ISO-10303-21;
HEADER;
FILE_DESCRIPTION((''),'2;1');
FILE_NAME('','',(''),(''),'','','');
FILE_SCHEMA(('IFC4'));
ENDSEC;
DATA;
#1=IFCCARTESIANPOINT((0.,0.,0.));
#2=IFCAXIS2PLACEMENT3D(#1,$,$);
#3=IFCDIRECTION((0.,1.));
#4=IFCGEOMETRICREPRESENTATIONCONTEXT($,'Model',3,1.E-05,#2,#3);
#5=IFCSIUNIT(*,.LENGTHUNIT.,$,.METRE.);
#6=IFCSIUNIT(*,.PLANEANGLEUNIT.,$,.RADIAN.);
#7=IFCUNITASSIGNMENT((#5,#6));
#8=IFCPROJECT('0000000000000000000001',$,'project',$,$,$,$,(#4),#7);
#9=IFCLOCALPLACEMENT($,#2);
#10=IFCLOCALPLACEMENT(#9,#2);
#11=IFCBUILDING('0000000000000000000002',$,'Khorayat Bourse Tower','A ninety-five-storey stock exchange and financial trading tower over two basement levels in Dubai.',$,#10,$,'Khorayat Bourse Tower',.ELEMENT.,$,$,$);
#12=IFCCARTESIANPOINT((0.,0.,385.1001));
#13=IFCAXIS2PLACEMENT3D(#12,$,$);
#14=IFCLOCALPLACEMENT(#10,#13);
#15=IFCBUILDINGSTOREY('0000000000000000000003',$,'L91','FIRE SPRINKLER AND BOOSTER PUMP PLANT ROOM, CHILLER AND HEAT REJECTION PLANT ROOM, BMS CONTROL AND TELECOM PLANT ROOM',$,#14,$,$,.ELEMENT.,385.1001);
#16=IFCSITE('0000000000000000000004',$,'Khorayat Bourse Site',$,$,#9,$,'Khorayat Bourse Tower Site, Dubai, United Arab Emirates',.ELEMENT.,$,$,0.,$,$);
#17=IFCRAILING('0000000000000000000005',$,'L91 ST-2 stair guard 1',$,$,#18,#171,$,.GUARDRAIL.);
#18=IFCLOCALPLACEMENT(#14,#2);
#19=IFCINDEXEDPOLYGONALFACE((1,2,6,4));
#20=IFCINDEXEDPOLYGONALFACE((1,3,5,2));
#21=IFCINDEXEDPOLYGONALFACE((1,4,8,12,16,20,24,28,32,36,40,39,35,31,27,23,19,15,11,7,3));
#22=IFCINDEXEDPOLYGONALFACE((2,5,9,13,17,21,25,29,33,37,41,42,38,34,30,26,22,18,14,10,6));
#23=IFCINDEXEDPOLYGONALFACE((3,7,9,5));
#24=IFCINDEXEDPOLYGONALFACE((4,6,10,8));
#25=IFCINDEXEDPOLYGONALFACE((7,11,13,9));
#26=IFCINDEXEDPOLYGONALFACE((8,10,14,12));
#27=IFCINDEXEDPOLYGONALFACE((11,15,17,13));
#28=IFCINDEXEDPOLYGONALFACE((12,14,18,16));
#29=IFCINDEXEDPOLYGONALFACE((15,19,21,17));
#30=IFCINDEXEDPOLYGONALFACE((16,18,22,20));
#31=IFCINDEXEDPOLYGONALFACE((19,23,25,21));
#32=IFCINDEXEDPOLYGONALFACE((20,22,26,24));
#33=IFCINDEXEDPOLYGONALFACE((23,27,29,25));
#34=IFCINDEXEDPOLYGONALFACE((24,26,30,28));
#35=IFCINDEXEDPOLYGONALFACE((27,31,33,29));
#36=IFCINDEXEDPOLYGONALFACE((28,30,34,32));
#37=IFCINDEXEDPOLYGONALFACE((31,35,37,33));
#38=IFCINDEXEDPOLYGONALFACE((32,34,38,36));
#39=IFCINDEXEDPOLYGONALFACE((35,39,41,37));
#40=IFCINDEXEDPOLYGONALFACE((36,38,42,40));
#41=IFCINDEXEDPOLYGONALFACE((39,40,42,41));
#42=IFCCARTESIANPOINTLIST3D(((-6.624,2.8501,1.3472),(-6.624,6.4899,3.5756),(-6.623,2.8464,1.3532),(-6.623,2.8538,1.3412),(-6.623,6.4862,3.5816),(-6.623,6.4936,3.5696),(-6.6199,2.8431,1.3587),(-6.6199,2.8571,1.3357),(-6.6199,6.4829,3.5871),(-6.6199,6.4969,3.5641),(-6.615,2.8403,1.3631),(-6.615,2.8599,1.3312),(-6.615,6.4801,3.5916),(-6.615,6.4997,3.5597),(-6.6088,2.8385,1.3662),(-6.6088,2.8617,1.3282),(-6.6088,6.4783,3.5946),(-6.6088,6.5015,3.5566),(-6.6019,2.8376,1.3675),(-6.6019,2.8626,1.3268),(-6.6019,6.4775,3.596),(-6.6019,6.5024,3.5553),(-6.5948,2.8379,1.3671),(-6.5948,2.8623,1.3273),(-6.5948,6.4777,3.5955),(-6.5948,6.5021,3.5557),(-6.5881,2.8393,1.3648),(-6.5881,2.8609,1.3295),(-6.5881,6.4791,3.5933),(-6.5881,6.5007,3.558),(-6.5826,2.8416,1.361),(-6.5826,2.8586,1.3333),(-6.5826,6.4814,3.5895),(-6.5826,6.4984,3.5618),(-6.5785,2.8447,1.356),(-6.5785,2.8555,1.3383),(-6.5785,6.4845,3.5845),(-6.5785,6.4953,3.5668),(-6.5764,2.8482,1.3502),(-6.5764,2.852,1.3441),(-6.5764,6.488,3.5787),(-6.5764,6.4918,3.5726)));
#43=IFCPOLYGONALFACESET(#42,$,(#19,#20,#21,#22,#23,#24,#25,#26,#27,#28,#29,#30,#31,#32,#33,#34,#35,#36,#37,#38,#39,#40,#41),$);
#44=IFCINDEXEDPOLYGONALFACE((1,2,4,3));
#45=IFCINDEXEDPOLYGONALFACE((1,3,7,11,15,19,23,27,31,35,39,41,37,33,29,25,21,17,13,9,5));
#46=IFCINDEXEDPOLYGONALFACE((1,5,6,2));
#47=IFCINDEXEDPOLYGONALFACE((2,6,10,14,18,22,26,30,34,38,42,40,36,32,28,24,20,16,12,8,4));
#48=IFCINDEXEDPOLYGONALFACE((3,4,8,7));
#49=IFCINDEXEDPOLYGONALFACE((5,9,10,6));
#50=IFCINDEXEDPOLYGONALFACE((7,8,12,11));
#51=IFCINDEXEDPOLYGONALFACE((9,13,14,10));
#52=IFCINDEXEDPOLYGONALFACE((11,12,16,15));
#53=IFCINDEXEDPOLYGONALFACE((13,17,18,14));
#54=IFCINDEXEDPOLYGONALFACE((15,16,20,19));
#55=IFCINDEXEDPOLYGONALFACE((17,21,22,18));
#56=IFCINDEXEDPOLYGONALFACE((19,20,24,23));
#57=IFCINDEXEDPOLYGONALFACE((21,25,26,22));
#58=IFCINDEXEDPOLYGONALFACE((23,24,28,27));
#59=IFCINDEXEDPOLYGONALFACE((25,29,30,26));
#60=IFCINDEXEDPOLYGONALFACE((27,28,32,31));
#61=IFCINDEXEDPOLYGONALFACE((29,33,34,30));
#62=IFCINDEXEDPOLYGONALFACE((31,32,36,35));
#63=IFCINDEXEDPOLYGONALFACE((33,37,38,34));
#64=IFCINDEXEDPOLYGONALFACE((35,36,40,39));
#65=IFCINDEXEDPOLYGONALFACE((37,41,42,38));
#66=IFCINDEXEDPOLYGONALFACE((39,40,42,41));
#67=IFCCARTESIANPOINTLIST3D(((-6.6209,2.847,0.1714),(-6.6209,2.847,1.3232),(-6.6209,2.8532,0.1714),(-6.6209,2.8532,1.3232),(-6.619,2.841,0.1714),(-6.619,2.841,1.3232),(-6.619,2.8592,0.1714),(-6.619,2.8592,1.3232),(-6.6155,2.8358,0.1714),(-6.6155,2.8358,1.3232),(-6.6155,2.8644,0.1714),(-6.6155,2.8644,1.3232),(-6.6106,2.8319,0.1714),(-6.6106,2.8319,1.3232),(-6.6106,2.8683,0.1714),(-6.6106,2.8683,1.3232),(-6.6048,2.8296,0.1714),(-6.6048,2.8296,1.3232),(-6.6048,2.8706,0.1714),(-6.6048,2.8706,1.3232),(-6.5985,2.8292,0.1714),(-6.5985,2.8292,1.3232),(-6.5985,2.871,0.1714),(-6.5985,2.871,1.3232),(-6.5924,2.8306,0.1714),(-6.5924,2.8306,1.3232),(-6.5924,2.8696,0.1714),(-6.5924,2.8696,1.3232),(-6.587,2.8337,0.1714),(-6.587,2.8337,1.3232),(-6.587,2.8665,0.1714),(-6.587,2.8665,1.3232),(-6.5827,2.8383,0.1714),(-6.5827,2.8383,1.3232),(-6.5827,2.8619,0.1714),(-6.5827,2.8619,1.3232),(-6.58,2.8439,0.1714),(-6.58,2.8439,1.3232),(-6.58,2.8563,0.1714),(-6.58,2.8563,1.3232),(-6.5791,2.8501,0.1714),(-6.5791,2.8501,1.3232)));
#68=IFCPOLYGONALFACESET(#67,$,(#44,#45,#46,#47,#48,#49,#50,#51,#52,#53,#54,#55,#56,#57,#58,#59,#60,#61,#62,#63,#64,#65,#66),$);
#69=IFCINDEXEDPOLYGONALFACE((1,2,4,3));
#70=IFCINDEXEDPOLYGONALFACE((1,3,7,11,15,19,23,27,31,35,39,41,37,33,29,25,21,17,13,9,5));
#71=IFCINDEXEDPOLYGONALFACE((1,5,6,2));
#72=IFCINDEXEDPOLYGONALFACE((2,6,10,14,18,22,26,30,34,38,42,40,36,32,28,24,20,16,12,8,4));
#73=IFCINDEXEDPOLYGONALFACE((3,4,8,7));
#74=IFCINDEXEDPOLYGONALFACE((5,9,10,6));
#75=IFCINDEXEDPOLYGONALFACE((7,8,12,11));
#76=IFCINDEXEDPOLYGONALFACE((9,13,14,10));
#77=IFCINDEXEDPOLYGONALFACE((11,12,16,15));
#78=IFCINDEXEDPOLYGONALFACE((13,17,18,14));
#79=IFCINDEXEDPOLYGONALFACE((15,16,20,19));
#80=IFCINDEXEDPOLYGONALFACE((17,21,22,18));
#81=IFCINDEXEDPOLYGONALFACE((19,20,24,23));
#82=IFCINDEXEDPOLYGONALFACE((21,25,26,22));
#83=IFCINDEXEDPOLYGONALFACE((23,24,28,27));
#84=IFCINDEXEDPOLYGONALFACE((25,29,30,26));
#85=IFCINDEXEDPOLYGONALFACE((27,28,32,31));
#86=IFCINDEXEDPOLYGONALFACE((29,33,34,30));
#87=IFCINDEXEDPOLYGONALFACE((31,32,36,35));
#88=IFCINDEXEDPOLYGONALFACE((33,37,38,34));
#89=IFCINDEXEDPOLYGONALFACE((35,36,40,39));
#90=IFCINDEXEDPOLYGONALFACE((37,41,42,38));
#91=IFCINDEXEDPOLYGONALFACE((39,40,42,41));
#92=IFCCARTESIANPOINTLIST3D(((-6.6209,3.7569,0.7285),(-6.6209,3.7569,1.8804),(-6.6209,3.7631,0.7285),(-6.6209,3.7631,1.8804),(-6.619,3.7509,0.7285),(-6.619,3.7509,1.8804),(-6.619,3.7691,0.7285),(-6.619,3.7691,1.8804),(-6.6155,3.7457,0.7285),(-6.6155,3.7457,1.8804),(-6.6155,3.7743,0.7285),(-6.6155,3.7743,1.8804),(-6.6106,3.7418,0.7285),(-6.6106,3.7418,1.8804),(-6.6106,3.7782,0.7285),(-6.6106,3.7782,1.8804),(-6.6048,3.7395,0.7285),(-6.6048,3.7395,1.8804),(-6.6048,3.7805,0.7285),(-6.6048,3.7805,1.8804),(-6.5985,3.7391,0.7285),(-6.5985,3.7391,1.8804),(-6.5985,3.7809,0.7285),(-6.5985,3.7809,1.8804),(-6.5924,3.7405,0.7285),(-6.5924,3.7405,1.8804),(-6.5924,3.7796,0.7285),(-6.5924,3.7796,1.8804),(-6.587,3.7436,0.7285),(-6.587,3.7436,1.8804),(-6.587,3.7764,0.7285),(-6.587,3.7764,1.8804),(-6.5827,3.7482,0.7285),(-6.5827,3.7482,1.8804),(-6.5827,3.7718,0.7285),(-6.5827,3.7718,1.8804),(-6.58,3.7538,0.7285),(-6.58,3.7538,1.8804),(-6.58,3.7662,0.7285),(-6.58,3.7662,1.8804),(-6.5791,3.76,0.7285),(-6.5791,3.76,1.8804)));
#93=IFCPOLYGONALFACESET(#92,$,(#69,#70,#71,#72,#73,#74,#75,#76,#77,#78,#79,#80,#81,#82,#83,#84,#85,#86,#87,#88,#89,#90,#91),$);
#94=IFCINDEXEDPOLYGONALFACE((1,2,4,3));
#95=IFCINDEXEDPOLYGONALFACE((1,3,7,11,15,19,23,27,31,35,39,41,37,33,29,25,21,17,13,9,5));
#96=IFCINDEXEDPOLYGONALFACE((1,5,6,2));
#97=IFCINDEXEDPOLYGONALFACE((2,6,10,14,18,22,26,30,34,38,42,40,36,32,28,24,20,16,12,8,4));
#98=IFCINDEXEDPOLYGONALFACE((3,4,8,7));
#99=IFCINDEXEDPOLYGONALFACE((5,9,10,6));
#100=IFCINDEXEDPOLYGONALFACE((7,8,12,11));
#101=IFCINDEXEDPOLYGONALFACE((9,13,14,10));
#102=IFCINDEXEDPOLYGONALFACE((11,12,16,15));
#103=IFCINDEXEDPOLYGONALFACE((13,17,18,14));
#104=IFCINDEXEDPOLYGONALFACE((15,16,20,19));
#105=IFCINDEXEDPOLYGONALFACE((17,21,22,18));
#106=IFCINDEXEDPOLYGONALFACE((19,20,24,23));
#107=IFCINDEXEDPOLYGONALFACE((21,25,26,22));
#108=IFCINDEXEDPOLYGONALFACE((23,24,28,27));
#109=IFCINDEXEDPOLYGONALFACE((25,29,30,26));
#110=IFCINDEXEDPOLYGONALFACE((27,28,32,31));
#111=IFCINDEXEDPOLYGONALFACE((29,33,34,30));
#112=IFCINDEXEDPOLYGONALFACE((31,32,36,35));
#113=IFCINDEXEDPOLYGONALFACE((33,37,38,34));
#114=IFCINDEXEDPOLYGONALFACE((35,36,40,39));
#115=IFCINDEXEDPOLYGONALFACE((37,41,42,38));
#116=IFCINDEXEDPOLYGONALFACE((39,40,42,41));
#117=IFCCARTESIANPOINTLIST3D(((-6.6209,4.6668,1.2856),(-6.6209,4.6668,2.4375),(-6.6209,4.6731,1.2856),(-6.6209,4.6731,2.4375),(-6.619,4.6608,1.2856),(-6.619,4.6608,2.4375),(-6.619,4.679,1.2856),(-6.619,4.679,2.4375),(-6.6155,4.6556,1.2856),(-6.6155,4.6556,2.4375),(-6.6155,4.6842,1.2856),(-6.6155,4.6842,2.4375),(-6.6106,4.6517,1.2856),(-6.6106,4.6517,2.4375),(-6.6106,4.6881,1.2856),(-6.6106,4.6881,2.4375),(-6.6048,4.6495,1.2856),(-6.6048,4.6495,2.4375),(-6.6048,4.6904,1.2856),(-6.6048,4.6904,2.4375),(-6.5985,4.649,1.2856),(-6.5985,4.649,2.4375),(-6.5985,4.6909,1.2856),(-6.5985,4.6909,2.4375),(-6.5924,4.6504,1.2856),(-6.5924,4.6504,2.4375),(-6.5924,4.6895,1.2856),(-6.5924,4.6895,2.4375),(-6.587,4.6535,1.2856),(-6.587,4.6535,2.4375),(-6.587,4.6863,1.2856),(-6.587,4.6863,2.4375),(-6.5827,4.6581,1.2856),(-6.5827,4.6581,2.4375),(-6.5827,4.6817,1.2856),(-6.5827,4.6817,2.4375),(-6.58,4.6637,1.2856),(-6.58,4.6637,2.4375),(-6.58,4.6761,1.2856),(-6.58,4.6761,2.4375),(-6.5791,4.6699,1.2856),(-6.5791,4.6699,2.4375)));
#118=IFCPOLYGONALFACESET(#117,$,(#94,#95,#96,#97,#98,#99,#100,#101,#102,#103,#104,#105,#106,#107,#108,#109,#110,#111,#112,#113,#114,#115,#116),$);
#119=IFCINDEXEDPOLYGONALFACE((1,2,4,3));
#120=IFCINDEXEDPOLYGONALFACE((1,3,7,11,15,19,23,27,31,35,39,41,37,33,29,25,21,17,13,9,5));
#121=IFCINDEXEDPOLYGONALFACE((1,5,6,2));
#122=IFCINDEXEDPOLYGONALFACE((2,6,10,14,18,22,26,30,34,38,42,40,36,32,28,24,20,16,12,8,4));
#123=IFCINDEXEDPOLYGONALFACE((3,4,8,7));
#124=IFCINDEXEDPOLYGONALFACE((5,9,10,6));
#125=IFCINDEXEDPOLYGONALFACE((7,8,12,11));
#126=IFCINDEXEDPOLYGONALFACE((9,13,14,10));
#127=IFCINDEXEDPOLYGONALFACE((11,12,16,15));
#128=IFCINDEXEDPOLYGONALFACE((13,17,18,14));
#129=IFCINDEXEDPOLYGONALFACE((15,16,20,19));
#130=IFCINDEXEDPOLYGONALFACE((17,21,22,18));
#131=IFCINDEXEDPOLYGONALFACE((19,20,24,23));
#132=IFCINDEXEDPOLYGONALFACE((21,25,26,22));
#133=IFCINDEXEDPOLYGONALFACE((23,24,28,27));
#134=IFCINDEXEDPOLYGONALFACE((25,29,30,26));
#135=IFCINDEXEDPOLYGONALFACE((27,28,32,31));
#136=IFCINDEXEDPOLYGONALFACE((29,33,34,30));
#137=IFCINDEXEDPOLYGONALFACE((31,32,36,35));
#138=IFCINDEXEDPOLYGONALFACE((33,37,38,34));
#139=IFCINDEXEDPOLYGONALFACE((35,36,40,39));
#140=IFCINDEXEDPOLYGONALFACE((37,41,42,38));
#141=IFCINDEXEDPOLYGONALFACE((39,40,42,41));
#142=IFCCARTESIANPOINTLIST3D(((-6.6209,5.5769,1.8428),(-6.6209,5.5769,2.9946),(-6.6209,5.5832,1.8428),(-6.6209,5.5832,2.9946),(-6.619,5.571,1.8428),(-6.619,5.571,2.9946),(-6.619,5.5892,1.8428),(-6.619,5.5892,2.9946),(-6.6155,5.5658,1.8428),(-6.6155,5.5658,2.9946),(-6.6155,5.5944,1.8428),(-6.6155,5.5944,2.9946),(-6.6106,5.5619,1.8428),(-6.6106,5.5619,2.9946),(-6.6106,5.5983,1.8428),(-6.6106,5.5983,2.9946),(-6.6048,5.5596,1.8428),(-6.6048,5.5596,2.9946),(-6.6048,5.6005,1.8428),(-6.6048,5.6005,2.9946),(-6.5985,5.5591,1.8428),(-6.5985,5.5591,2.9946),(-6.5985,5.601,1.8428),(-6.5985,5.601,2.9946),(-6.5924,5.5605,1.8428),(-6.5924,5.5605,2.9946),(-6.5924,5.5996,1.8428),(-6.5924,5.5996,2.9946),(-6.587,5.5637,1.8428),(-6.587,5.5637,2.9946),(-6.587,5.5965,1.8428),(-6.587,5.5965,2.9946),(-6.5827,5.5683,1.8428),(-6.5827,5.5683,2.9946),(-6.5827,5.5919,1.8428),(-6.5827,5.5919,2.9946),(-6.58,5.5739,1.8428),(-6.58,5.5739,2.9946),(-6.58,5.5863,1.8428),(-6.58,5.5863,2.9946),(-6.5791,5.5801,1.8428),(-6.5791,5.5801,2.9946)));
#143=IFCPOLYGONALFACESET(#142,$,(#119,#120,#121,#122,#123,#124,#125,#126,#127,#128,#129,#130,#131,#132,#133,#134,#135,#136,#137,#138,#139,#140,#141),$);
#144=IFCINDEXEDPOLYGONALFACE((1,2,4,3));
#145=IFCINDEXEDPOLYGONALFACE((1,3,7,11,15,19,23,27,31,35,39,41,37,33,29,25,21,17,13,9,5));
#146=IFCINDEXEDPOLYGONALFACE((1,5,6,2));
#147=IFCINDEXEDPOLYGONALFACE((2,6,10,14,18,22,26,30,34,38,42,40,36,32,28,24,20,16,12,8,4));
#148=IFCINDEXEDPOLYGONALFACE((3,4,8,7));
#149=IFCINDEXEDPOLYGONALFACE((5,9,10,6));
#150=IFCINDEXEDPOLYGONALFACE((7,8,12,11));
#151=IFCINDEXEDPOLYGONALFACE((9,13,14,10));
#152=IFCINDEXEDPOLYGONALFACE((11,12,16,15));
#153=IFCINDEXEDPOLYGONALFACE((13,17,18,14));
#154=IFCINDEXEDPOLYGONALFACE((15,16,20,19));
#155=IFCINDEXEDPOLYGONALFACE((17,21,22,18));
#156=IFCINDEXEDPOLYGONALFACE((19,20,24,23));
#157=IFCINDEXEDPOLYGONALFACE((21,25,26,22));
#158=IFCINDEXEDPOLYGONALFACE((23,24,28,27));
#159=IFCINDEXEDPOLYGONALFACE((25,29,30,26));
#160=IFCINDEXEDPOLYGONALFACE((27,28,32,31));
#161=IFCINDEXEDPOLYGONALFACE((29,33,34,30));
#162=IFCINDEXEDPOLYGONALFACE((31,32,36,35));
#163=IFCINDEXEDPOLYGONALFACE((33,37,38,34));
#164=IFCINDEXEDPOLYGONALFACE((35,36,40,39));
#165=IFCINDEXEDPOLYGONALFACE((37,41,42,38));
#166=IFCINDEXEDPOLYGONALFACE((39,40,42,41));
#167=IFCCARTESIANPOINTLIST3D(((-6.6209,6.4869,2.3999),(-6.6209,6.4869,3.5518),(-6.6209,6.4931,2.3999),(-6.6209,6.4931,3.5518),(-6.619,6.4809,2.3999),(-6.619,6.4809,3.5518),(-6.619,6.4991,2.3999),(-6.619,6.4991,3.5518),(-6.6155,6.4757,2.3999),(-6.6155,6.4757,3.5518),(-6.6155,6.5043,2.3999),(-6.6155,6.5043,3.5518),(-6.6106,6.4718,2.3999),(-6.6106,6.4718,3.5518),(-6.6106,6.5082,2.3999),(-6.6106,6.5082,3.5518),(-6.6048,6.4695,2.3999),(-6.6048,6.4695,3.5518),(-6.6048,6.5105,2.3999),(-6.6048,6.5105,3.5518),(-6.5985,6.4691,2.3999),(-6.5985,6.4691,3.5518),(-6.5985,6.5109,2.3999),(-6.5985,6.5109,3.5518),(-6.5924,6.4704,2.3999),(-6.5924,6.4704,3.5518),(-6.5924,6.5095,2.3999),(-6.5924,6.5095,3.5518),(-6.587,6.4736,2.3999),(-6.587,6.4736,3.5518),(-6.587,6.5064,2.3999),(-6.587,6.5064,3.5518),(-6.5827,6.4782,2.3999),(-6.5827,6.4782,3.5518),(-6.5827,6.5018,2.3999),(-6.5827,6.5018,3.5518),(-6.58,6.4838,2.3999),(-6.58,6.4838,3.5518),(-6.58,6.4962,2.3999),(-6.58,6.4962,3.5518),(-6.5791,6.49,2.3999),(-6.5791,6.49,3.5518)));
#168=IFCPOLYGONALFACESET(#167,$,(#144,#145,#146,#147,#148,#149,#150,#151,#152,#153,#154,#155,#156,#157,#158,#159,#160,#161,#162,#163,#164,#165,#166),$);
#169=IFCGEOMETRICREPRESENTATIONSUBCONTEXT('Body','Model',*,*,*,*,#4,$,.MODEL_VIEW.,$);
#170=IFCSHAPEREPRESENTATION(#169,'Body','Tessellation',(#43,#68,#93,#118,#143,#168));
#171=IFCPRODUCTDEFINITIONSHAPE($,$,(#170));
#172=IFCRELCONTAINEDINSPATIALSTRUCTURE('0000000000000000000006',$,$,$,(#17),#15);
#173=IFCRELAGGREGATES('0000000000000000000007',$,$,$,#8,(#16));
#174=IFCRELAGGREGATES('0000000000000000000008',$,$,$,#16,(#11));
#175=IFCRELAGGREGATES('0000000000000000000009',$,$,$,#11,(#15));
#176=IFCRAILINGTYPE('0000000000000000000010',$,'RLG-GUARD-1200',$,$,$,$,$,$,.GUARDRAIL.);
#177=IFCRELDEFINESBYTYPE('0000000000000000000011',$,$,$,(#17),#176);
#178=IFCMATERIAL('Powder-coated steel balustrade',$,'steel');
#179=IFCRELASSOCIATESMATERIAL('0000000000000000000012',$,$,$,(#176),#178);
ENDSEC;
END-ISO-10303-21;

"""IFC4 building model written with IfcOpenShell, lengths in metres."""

from ifc_helpers import new_model, si_unit, direction, frame, origin, origin_2d, place, context, subcontext, project, spatial, circle, extrude, source, transform, mapped, material, type_object, element, save


model = new_model("IFC4")

# Units and contexts
model_context = context("Model", 3, precision=1e-05, world=origin(), true_north=direction((0.0, 1.0)))
body_context = subcontext(model_context, "Body", "Model", "MODEL_VIEW")
ifc_project = project(units=[si_unit("LENGTHUNIT", "METRE"), si_unit("PLANEANGLEUNIT", "RADIAN")], contexts=[model_context])

# Site, building, storey
site_placement = place(None, origin())
site = spatial("IfcSite", under=ifc_project, at=site_placement, Name="Khorayat Bourse Site", LongName="Khorayat Bourse Tower Site, Dubai, United Arab Emirates", CompositionType="ELEMENT", RefElevation=0.0)
building_placement = place(site_placement, origin())
building = spatial("IfcBuilding", under=site, at=building_placement, Name="Khorayat Bourse Tower", Description="A ninety-five-storey stock exchange and financial trading tower over two basement levels in Dubai.", LongName="Khorayat Bourse Tower", CompositionType="ELEMENT")
storey_placement = place(building_placement, frame((0.0, 0.0, 385.1001)))
storey = spatial("IfcBuildingStorey", under=building, at=storey_placement, Name="L91", Description="FIRE SPRINKLER AND BOOSTER PUMP PLANT ROOM, CHILLER AND HEAT REJECTION PLANT ROOM, BMS CONTROL AND TELECOM PLANT ROOM", CompositionType="ELEMENT", Elevation=385.1001)

# Railing
ifc_material_1 = material(Name="Powder-coated steel balustrade", Category="steel")
railing_type_1 = type_object("IfcRailingType", Name="RLG-GUARD-1200", PredefinedType="GUARDRAIL", material=ifc_material_1)
shared_shape_1 = source(origin(), body_context, "Body", "SweptSolid", [
    extrude(circle(Radius=0.0239, at=origin_2d()), frame((0.0, 0.0, 1.1758), z_axis=(0.0, 0.85285, 0.522156), x_axis=(-1.0, 0.0, 0.0)), (0.0, 0.0, 1.0), 4.2678),
    extrude(circle(Radius=0.021, at=origin_2d()), origin(), (0.0, 0.0, 1.0), 1.1519),
    extrude(circle(Radius=0.021, at=origin_2d()), frame((0.0, 0.9099, 0.5571)), (0.0, 0.0, 1.0), 1.1519),
    extrude(circle(Radius=0.021, at=origin_2d()), frame((0.0, 1.8198, 1.1143)), (0.0, 0.0, 1.0), 1.1519),
    extrude(circle(Radius=0.021, at=origin_2d()), frame((0.0, 2.73, 1.6714)), (0.0, 0.0, 1.0), 1.1519),
    extrude(circle(Radius=0.021, at=origin_2d()), frame((0.0, 3.6399, 2.2285)), (0.0, 0.0, 1.0), 1.1519),
])
railing_1_placement = place(storey_placement, frame((-6.6001, 2.8501, 0.1714)))
element("IfcRailing", 1, at=railing_1_placement, inside=storey, type_object=railing_type_1, Name="L91 ST-2 stair guard 1", PredefinedType="GUARDRAIL", context=body_context, shape_type="MappedRepresentation", body=[
    mapped(shared_shape_1, transform((0.0, 0.0, 0.0), scale=1.0)),
])

save(model, "model.ifc")
